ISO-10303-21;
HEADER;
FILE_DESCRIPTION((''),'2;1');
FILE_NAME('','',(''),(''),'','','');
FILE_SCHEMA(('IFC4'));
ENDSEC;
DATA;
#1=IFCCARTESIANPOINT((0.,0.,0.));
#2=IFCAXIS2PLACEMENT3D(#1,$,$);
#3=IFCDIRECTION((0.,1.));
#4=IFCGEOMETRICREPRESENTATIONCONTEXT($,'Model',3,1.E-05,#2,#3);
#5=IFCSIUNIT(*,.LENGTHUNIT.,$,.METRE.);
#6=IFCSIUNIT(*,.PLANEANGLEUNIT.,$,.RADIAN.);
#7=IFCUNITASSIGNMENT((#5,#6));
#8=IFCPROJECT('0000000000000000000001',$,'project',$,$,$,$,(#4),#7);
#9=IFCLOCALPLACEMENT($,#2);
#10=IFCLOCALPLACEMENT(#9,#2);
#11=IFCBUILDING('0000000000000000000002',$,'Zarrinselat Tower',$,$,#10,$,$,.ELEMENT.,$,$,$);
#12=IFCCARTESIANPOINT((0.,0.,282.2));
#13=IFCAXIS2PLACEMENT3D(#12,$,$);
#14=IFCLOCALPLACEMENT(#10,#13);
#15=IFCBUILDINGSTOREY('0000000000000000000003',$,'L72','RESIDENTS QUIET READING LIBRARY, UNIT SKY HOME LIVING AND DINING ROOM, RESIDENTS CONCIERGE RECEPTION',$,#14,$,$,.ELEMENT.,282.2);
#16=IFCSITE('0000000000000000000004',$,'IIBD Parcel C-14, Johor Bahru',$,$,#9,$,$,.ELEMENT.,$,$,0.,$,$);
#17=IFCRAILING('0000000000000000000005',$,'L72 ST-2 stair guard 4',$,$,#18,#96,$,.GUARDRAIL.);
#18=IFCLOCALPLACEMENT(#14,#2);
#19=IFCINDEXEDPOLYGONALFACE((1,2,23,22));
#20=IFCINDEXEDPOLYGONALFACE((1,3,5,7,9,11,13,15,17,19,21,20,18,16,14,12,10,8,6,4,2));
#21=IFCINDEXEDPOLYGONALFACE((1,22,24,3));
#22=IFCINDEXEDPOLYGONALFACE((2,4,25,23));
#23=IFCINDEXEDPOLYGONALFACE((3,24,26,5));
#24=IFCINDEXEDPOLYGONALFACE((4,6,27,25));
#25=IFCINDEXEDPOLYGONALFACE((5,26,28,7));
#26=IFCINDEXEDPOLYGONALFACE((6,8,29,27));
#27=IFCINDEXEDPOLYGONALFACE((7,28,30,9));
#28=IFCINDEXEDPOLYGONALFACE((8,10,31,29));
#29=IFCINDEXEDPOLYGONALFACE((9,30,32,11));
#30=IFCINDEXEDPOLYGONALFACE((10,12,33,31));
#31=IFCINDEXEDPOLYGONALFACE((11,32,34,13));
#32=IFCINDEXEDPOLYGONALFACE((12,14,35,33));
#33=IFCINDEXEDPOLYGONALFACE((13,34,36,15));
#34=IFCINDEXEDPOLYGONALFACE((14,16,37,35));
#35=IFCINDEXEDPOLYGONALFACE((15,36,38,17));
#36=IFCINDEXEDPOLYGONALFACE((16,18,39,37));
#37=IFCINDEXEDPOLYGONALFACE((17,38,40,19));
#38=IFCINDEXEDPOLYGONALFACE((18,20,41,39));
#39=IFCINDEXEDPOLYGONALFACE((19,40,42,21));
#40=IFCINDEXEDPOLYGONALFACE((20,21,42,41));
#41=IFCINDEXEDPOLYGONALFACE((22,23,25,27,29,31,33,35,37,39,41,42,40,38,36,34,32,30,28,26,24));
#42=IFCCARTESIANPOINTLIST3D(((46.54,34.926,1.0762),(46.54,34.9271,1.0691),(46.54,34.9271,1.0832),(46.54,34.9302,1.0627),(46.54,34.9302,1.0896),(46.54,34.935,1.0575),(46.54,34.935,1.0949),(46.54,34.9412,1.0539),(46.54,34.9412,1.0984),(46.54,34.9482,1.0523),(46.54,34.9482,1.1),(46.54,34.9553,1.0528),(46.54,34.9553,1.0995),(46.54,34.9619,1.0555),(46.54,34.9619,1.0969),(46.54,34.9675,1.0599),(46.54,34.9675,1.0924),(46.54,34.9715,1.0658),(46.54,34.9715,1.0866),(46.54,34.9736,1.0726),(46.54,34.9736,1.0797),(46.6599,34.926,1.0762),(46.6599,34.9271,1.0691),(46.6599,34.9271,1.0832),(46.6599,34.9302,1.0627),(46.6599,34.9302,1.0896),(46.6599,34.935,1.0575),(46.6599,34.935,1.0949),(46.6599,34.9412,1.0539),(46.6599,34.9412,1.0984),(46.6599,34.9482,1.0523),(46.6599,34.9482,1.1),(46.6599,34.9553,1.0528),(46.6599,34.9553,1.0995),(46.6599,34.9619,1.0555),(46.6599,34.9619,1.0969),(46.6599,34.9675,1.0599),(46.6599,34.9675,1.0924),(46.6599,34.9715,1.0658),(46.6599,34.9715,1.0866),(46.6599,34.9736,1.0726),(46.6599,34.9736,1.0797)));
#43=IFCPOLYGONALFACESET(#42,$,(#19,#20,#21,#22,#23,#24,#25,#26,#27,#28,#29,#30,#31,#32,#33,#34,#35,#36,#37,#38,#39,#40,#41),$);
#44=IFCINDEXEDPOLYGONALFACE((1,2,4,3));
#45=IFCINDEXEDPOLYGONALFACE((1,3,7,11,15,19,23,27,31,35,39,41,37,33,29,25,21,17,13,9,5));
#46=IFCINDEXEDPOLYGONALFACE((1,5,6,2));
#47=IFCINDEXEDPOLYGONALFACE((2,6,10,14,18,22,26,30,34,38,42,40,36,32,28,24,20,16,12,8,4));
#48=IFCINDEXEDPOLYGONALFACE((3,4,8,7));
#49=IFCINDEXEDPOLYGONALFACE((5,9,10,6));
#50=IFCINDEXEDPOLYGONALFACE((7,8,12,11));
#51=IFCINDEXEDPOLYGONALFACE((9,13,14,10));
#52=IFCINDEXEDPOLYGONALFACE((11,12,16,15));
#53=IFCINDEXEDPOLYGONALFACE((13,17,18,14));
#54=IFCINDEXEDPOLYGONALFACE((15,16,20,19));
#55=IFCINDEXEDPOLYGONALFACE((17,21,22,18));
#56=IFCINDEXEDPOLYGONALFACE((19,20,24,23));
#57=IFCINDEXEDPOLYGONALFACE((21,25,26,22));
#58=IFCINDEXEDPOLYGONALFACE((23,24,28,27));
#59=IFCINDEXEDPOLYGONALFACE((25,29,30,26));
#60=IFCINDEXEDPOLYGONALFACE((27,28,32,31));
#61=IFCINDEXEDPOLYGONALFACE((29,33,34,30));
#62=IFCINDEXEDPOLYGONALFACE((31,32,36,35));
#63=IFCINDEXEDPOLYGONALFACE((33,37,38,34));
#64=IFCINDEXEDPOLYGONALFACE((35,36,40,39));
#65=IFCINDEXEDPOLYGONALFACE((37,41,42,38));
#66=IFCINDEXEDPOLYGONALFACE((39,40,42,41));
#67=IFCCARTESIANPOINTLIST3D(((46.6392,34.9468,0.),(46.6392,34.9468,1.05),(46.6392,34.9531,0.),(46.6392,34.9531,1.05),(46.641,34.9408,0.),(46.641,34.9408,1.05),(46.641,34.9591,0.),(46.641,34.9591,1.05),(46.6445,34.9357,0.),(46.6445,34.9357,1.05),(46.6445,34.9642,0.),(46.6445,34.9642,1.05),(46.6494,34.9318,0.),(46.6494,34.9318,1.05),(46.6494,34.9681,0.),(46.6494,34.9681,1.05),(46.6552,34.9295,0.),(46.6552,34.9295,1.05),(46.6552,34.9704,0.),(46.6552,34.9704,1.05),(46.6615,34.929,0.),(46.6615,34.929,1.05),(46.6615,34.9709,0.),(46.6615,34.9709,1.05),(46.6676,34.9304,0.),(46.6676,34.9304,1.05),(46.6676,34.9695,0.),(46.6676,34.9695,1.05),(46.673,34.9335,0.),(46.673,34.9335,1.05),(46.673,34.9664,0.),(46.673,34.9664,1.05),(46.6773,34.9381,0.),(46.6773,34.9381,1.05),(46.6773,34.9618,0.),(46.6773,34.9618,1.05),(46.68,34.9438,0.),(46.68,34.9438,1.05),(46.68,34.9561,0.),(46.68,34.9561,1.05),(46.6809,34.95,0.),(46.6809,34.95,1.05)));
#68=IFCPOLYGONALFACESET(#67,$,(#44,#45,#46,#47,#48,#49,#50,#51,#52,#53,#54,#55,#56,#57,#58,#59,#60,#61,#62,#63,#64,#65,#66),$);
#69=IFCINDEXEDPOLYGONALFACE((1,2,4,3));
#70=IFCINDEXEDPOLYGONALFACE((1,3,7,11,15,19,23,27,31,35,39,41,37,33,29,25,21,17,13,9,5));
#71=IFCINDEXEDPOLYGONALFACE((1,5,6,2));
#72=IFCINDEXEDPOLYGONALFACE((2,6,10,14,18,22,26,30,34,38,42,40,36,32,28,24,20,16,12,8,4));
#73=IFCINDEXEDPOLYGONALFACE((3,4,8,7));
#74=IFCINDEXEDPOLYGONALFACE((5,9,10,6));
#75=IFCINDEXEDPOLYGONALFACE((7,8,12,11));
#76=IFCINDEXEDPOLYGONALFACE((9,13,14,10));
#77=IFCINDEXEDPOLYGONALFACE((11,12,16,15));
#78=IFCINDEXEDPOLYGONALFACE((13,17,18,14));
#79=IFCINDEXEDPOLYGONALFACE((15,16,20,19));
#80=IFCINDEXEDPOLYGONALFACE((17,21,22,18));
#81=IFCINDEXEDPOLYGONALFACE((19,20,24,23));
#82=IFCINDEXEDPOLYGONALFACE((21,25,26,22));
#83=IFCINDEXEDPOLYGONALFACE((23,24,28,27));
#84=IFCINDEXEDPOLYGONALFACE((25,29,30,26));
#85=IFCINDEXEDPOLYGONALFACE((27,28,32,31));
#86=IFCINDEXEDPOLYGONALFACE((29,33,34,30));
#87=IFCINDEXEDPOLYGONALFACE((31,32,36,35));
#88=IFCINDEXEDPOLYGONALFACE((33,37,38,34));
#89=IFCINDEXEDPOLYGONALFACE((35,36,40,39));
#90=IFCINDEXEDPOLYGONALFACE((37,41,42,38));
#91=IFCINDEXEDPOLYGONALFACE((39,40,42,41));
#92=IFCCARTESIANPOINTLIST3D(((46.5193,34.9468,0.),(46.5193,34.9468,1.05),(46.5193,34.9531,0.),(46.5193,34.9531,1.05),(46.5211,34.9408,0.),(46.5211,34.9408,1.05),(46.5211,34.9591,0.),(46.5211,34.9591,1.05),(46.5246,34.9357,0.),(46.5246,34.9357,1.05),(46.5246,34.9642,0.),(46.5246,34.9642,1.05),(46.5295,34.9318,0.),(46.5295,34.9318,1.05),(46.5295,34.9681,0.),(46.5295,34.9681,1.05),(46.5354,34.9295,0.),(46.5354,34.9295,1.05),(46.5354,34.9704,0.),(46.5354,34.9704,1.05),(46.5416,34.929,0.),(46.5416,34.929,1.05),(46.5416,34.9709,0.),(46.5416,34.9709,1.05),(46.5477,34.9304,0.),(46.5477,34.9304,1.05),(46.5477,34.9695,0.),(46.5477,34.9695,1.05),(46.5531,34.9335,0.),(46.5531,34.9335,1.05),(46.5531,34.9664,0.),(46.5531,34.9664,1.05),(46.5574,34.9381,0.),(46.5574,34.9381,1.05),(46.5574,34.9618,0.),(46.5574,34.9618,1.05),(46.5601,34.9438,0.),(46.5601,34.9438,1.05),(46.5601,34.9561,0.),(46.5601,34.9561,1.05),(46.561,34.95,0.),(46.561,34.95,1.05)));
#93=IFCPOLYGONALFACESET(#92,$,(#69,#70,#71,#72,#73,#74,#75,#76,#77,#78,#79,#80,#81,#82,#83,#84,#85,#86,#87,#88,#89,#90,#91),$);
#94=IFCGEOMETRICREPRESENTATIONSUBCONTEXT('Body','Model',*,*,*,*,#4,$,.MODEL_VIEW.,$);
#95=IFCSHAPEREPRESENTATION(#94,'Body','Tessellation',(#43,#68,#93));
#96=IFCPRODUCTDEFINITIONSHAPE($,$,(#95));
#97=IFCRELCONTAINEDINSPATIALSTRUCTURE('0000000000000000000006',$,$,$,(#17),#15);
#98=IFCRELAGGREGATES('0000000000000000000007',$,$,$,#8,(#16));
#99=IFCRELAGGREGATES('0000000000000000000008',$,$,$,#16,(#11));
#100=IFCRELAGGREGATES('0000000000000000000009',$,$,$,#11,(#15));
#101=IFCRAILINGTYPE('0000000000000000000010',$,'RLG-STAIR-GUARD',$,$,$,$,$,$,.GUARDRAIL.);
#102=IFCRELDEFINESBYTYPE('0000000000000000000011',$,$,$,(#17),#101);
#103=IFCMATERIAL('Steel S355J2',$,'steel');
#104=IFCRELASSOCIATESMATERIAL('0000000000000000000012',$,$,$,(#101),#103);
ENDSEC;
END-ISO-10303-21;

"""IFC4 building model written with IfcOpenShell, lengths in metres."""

from ifc_helpers import new_model, si_unit, direction, frame, origin, origin_2d, place, context, subcontext, project, spatial, circle, extrude, material, type_object, element, save


model = new_model("IFC4")

# Units and contexts
model_context = context("Model", 3, precision=1e-05, world=origin(), true_north=direction((0.0, 1.0)))
body_context = subcontext(model_context, "Body", "Model", "MODEL_VIEW")
ifc_project = project(units=[si_unit("LENGTHUNIT", "METRE"), si_unit("PLANEANGLEUNIT", "RADIAN")], contexts=[model_context])

# Site, building, storey
site_placement = place(None, origin())
site = spatial("IfcSite", under=ifc_project, at=site_placement, Name="IIBD Parcel C-14, Johor Bahru", CompositionType="ELEMENT", RefElevation=0.0)
building_placement = place(site_placement, origin())
building = spatial("IfcBuilding", under=site, at=building_placement, Name="Zarrinselat Tower", CompositionType="ELEMENT")
storey_placement = place(building_placement, frame((0.0, 0.0, 282.2)))
storey = spatial("IfcBuildingStorey", under=building, at=storey_placement, Name="L72", Description="RESIDENTS QUIET READING LIBRARY, UNIT SKY HOME LIVING AND DINING ROOM, RESIDENTS CONCIERGE RECEPTION", CompositionType="ELEMENT", Elevation=282.2)

# Railing
ifc_material_1 = material(Name="Steel S355J2", Category="steel")
railing_type_1 = type_object("IfcRailingType", Name="RLG-STAIR-GUARD", PredefinedType="GUARDRAIL", material=ifc_material_1)
railing_1_placement = place(storey_placement, frame((46.6599, 34.95, 0.0)))
element("IfcRailing", 1, at=railing_1_placement, inside=storey, type_object=railing_type_1, Name="L72 ST-2 stair guard 4", PredefinedType="GUARDRAIL", context=body_context, shape_type="SweptSolid", body=[
    extrude(circle(Radius=0.0239, at=origin_2d()), frame((0.0, 0.0, 1.0762), z_axis=(-1.0, 0.0, 0.0), x_axis=(0.0, -1.0, 0.0)), (0.0, 0.0, 1.0), 0.1199),
    extrude(circle(Radius=0.021, at=origin_2d()), origin(), (0.0, 0.0, 1.0), 1.05),
    extrude(circle(Radius=0.021, at=origin_2d()), frame((-0.1199, 0.0, 0.0)), (0.0, 0.0, 1.0), 1.05),
])

save(model, "model.ifc")
